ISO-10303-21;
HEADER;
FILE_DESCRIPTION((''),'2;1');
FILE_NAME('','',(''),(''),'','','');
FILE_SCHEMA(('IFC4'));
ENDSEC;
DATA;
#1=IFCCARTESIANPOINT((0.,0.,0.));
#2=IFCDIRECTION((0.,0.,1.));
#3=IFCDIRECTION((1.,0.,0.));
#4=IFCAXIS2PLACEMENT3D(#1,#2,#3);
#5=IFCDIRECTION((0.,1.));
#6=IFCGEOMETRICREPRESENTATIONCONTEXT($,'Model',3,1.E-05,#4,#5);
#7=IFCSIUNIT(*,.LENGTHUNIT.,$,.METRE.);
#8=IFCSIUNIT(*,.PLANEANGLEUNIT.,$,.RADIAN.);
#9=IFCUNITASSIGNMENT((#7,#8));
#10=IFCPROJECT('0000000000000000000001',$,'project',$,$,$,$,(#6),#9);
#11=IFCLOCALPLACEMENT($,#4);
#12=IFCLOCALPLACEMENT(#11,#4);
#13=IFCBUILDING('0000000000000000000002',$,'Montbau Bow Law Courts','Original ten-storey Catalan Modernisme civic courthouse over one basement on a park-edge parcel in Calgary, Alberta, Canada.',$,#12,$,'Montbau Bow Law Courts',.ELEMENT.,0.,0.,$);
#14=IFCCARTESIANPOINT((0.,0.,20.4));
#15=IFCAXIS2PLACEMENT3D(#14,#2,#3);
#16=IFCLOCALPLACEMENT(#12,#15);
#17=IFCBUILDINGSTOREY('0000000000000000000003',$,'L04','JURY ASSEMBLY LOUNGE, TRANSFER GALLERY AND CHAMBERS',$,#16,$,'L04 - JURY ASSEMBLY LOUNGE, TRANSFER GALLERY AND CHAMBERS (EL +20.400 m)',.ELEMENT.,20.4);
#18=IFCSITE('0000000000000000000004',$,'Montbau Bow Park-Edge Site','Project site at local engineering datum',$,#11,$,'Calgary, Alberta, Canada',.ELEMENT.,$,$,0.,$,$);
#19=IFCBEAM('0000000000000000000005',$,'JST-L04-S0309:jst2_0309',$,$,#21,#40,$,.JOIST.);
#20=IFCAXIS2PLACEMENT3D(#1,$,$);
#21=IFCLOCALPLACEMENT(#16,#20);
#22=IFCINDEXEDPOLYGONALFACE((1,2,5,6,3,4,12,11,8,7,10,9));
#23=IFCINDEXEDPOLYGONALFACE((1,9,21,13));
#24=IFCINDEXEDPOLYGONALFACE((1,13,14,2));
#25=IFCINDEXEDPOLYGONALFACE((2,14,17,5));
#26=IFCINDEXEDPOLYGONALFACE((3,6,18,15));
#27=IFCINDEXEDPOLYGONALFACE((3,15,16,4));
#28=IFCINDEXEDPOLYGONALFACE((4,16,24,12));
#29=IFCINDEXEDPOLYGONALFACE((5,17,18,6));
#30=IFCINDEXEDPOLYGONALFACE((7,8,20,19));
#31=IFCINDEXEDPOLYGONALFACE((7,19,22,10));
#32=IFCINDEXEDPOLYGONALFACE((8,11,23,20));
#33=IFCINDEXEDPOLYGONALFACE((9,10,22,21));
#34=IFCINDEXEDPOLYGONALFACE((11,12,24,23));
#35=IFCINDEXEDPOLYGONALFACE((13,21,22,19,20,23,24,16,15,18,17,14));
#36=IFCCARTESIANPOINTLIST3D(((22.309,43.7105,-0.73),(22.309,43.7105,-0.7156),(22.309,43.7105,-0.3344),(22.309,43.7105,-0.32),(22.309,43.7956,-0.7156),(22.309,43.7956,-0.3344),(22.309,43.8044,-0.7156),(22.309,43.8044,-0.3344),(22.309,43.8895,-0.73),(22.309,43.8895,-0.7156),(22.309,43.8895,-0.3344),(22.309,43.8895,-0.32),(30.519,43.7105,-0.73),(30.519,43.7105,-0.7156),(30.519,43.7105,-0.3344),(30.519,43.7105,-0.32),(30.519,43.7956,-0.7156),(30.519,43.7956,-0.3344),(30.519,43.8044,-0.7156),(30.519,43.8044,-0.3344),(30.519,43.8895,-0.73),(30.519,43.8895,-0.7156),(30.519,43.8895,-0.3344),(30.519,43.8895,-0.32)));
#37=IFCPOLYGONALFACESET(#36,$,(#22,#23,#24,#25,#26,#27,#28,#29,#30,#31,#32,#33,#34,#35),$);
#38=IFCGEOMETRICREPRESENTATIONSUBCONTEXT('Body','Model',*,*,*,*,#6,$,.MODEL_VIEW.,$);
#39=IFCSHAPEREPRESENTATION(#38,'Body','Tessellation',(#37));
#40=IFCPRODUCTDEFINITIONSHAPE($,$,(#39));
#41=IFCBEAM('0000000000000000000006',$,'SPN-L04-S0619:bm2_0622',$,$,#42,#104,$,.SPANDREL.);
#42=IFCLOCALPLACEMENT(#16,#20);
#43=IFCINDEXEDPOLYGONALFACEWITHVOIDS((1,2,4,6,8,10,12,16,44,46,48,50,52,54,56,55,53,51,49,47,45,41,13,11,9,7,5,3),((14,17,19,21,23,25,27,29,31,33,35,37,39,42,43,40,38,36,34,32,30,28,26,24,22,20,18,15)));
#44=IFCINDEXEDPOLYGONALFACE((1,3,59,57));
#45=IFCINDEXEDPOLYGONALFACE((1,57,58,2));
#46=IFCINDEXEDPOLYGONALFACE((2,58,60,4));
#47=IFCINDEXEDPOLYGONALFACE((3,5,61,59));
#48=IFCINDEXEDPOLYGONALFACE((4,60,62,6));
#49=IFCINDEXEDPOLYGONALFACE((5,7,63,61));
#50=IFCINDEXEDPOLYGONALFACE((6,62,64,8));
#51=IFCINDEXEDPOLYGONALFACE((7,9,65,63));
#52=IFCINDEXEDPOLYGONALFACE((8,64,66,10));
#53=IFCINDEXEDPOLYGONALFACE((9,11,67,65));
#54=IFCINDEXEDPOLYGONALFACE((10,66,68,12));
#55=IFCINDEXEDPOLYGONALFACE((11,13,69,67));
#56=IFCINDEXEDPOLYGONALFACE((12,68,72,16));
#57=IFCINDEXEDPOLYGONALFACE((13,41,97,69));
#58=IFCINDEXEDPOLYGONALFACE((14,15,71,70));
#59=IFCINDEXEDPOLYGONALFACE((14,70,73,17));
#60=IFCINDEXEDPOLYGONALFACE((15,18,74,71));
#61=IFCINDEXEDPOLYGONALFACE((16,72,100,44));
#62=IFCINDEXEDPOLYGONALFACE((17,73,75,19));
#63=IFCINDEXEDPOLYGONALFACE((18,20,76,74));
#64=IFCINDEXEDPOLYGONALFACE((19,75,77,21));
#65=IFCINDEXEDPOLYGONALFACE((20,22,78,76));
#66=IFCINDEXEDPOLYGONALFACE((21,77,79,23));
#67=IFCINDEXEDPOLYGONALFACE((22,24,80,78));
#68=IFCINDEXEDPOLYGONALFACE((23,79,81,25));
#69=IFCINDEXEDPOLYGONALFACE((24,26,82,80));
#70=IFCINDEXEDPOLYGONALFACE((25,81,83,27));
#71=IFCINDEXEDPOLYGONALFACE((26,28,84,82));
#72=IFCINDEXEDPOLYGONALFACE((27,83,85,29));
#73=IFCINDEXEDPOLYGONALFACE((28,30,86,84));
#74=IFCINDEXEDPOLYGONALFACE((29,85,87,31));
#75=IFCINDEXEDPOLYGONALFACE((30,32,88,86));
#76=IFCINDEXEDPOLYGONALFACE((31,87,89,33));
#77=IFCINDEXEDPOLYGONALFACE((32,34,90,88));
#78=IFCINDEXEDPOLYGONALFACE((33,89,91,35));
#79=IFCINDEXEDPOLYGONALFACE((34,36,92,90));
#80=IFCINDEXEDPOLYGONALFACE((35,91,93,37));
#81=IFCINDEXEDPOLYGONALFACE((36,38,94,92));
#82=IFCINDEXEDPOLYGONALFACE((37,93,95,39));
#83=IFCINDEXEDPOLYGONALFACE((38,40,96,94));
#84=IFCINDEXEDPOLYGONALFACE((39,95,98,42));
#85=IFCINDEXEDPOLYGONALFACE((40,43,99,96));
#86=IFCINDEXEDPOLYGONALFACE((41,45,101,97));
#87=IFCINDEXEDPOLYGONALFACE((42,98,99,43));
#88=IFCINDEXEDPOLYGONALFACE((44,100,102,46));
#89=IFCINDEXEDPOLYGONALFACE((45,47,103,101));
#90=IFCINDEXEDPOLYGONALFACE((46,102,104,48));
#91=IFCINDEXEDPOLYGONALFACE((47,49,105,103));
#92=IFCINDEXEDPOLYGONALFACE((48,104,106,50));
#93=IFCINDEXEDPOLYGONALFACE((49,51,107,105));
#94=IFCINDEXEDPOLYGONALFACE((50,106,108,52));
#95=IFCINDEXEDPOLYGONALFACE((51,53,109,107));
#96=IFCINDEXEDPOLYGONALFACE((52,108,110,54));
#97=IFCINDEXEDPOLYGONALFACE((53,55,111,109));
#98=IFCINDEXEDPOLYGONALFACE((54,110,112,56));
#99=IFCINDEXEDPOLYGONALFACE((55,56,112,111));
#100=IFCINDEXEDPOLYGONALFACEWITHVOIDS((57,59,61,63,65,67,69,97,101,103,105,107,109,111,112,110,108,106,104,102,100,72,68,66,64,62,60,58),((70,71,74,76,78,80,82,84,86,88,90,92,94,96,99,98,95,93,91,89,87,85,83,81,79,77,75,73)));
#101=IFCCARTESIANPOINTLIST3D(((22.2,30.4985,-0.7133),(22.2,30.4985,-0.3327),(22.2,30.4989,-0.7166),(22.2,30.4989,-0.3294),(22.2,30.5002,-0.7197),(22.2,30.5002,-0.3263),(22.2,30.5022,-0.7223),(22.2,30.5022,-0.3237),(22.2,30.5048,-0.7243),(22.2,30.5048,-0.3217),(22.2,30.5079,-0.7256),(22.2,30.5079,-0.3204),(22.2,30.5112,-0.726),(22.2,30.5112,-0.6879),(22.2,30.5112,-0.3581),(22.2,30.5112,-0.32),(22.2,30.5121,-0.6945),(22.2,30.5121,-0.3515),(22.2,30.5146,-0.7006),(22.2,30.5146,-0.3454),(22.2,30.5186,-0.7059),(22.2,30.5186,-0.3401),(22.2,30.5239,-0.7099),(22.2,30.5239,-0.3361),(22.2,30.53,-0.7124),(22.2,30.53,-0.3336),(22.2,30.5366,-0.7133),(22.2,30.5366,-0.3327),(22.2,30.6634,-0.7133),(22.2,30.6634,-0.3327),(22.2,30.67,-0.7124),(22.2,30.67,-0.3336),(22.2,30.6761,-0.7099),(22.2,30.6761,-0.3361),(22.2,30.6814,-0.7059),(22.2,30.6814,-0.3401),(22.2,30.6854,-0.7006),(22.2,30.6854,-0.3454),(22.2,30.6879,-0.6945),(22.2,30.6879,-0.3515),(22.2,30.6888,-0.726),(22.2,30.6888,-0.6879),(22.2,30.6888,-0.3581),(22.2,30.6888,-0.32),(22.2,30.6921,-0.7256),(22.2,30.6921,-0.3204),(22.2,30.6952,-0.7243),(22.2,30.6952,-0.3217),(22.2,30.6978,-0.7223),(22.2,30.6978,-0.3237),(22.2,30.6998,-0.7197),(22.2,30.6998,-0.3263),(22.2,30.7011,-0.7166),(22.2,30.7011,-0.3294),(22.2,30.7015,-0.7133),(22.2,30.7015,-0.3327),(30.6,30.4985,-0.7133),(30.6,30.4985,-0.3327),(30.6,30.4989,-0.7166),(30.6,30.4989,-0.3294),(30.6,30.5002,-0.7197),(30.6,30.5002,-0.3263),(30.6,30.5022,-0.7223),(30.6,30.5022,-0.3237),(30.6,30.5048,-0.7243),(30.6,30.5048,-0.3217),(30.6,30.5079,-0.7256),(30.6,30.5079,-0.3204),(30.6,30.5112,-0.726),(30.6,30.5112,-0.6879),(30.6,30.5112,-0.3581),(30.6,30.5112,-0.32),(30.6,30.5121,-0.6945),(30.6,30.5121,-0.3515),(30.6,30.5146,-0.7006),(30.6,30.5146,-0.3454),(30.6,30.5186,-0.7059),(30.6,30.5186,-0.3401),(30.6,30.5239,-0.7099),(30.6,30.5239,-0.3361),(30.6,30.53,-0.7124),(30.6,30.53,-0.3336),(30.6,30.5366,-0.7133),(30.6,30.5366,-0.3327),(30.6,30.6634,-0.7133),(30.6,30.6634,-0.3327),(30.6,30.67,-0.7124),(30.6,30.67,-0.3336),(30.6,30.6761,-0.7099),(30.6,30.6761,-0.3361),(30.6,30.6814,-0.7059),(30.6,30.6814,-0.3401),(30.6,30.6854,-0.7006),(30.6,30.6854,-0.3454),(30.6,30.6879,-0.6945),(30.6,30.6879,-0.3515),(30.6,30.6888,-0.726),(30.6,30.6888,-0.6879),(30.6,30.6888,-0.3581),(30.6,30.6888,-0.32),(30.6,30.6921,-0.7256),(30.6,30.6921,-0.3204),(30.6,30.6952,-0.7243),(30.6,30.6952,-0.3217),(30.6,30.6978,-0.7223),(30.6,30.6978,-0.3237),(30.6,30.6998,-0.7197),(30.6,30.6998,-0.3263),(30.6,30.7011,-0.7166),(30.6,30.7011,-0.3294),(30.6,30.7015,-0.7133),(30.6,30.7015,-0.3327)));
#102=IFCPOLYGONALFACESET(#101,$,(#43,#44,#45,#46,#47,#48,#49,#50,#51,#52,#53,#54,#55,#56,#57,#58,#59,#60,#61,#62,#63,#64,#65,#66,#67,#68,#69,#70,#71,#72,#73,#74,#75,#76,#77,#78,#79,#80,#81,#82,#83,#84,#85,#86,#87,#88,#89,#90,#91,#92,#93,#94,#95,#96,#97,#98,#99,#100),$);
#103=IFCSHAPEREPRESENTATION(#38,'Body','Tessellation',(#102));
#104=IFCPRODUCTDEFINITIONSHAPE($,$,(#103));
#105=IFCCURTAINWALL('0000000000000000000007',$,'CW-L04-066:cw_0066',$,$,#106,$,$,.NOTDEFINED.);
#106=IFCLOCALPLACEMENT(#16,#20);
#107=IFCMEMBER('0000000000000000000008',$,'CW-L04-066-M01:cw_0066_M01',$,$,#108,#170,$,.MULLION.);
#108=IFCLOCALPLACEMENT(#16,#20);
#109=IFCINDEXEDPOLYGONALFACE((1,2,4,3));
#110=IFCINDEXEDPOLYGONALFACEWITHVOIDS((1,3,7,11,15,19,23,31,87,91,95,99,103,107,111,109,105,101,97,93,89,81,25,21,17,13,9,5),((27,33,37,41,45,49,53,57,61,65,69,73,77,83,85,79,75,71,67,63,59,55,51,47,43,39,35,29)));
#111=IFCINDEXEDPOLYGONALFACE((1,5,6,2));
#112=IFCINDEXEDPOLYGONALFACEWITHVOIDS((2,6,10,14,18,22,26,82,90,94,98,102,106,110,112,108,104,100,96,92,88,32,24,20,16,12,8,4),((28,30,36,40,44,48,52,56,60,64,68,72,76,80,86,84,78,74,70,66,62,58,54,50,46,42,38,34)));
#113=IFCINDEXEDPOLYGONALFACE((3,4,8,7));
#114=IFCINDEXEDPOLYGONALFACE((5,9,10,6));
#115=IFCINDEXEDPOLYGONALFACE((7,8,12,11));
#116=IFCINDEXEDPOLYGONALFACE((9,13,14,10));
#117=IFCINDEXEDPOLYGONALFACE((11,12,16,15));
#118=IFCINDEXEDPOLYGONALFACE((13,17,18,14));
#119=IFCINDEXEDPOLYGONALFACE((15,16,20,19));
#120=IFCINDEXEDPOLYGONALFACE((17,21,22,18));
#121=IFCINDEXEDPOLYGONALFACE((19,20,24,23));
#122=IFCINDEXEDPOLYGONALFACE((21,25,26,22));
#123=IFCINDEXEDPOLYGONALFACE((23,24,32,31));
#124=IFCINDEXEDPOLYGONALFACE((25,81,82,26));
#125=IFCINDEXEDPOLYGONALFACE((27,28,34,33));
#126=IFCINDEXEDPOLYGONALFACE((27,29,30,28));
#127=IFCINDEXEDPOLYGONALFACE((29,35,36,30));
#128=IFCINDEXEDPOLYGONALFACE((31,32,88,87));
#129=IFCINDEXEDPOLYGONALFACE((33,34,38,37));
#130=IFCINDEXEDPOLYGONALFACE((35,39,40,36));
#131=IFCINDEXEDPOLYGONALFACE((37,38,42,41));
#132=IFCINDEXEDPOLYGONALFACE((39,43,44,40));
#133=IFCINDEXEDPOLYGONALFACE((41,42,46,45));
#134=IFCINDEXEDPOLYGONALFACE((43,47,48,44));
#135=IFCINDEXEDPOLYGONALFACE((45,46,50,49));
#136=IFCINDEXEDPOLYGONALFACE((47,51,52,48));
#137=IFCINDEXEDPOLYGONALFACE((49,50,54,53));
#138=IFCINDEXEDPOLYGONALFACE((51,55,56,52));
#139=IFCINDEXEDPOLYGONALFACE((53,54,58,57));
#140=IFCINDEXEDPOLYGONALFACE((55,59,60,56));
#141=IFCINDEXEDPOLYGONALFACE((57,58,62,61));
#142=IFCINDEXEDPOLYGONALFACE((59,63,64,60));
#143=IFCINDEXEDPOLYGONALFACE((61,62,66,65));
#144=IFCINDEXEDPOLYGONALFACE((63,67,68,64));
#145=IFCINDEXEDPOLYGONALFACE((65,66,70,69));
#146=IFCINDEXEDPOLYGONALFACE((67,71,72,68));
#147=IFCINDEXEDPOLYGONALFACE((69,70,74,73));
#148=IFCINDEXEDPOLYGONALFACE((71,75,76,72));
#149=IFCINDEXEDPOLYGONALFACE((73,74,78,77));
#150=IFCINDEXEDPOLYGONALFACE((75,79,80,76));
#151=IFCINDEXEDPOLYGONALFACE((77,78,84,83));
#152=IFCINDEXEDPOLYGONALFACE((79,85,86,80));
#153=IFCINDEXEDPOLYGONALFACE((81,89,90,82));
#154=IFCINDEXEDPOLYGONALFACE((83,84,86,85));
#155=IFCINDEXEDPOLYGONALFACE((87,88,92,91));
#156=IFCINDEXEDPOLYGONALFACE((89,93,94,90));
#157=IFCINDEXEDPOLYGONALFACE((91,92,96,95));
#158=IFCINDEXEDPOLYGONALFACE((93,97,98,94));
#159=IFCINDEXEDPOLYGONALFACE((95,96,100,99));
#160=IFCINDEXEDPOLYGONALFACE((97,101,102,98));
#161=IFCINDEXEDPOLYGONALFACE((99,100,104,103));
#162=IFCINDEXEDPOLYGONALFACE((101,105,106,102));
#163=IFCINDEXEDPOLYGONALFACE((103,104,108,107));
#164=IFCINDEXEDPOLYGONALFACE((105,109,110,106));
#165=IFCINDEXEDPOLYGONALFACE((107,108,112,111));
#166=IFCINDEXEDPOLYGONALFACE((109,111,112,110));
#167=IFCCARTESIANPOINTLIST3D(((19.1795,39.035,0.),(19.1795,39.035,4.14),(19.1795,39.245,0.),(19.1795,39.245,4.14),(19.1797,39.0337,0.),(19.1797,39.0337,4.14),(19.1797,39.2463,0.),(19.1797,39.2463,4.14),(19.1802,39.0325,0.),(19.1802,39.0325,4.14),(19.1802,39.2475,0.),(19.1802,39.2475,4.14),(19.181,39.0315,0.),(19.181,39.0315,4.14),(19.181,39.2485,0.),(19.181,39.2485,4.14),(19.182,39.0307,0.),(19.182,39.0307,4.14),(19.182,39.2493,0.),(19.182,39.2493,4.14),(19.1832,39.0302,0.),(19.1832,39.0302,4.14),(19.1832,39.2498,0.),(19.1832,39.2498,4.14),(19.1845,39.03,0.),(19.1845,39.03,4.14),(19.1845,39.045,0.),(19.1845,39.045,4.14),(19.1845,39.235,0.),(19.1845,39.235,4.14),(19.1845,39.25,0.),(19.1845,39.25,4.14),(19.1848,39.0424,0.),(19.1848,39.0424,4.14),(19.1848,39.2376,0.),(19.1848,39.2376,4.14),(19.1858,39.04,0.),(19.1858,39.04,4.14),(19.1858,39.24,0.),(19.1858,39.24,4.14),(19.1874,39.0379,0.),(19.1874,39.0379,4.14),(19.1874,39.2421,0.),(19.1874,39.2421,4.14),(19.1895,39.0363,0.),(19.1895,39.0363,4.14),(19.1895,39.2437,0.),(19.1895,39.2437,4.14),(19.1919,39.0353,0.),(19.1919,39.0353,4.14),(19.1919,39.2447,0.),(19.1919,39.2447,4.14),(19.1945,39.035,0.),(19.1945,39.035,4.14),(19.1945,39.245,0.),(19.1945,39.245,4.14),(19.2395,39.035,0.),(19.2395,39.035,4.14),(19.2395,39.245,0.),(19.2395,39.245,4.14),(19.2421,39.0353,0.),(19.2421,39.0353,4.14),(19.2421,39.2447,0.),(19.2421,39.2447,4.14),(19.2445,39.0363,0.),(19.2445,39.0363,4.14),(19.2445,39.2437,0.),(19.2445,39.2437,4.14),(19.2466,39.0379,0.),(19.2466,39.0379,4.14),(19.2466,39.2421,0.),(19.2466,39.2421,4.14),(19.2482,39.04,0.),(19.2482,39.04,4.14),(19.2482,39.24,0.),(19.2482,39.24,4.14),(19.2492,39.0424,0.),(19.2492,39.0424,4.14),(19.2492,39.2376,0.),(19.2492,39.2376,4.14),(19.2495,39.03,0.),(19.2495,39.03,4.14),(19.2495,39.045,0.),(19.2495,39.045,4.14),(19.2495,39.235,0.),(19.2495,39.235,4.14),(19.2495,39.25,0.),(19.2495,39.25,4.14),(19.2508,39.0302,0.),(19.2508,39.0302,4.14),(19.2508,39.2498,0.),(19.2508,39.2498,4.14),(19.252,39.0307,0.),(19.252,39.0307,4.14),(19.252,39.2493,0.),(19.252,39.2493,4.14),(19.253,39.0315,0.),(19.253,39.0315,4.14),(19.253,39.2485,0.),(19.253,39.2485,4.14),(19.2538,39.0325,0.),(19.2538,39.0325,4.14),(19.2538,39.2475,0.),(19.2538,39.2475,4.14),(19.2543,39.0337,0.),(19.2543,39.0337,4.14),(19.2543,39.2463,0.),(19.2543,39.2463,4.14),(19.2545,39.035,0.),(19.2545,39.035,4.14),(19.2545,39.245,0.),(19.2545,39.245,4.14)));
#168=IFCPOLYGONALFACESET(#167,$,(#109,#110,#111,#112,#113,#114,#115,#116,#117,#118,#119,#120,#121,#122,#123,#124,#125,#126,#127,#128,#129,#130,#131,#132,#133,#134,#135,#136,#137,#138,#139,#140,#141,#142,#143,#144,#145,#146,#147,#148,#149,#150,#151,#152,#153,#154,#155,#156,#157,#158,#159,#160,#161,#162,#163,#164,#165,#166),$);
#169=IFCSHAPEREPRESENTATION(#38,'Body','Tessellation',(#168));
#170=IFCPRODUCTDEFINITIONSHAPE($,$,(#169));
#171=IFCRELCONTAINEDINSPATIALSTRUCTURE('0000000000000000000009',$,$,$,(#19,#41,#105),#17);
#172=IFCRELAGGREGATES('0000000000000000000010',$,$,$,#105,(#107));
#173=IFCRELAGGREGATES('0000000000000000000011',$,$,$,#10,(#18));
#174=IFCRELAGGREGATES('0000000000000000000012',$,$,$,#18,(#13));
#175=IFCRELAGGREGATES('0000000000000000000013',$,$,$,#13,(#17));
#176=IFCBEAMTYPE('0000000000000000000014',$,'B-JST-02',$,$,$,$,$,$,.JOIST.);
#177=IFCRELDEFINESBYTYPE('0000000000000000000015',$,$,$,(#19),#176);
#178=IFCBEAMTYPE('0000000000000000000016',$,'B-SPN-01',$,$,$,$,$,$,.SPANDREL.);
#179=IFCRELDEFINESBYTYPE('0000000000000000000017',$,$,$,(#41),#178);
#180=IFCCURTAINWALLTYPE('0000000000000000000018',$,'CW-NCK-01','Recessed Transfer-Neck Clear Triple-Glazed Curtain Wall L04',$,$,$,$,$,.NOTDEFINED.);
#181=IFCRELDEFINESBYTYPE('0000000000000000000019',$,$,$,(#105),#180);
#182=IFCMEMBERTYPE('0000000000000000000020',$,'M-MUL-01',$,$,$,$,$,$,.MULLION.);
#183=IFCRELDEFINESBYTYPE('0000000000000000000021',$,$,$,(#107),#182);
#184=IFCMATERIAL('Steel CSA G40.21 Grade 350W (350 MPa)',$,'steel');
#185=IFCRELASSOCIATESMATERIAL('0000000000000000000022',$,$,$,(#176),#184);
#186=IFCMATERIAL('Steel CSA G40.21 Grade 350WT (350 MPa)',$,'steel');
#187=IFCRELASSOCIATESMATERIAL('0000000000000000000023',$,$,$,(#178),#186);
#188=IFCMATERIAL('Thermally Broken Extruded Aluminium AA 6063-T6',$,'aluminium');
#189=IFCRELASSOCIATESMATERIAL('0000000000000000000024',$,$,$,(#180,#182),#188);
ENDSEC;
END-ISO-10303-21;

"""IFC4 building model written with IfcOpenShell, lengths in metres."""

from ifc_helpers import new_model, si_unit, direction, frame, origin_with_axes, origin_2d_with_axis, place, context, subcontext, project, spatial, hollow_rectangle, i_section, extrude, material, material_profile, profile_set, type_object, element, aggregate, save


model = new_model("IFC4")

# Units and contexts
model_context = context("Model", 3, precision=1e-05, world=origin_with_axes(), true_north=direction((0.0, 1.0)))
body_context = subcontext(model_context, "Body", "Model", "MODEL_VIEW")
ifc_project = project(units=[si_unit("LENGTHUNIT", "METRE"), si_unit("PLANEANGLEUNIT", "RADIAN")], contexts=[model_context])

# Site, building, storey
site_placement = place(None, origin_with_axes())
site = spatial("IfcSite", under=ifc_project, at=site_placement, Name="Montbau Bow Park-Edge Site", Description="Project site at local engineering datum", LongName="Calgary, Alberta, Canada", CompositionType="ELEMENT", RefElevation=0.0)
building_placement = place(site_placement, origin_with_axes())
building = spatial("IfcBuilding", under=site, at=building_placement, Name="Montbau Bow Law Courts", Description="Original ten-storey Catalan Modernisme civic courthouse over one basement on a park-edge parcel in Calgary, Alberta, Canada.", LongName="Montbau Bow Law Courts", CompositionType="ELEMENT", ElevationOfRefHeight=0.0, ElevationOfTerrain=0.0)
storey_placement = place(building_placement, frame((0.0, 0.0, 20.4), z_axis=(0.0, 0.0, 1.0), x_axis=(1.0, 0.0, 0.0)))
storey = spatial("IfcBuildingStorey", under=building, at=storey_placement, Name="L04", Description="JURY ASSEMBLY LOUNGE, TRANSFER GALLERY AND CHAMBERS", LongName="L04 - JURY ASSEMBLY LOUNGE, TRANSFER GALLERY AND CHAMBERS (EL +20.400 m)", CompositionType="ELEMENT", Elevation=20.4)

# Shared definitions
ifc_material_1 = material(Name="Steel CSA G40.21 Grade 350W (350 MPa)", Category="steel")

# Beams
ifc_material_profile_1 = material_profile(ifc_material_1, i_section(OverallWidth=0.179, OverallDepth=0.41, WebThickness=0.0088, FlangeThickness=0.0144, at=origin_2d_with_axis()), Name="W410X67", Category="Main", Priority=0)
ifc_profile_set_1 = profile_set([ifc_material_profile_1], Name="Steel CSA G40.21 Grade 350W (350 MPa)")
beam_type_1 = type_object("IfcBeamType", Name="B-JST-02", PredefinedType="JOIST", material=ifc_profile_set_1)
beam_1_placement = place(None, frame((22.309, 43.8, 19.875), z_axis=(1.0, 0.0, 0.0), x_axis=(0.0, 1.0, 0.0)))
element("IfcBeam", 1, at=beam_1_placement, inside=storey, type_object=beam_type_1, Name="JST-L04-S0309:jst2_0309", PredefinedType="JOIST", context=body_context, shape_type="SweptSolid", body=[
    extrude(i_section(OverallWidth=0.179, OverallDepth=0.41, WebThickness=0.0088, FlangeThickness=0.0144, at=origin_2d_with_axis()), origin_with_axes(), (0.0, 0.0, 1.0), 8.21),
])
ifc_material_2 = material(Name="Steel CSA G40.21 Grade 350WT (350 MPa)", Category="steel")
ifc_material_profile_2 = material_profile(ifc_material_2, hollow_rectangle(XDim=0.203, YDim=0.406, WallThickness=0.0127, InnerFilletRadius=0.0254, OuterFilletRadius=0.0127, at=origin_2d_with_axis()), Name="HSS406X203X13", Category="Main", Priority=0)
ifc_profile_set_2 = profile_set([ifc_material_profile_2], Name="Steel CSA G40.21 Grade 350WT (350 MPa)")
beam_type_2 = type_object("IfcBeamType", Name="B-SPN-01", PredefinedType="SPANDREL", material=ifc_profile_set_2)
beam_2_placement = place(None, frame((22.2, 30.6, 19.877), z_axis=(1.0, 0.0, 0.0), x_axis=(0.0, 1.0, 0.0)))
element("IfcBeam", 2, at=beam_2_placement, inside=storey, type_object=beam_type_2, Name="SPN-L04-S0619:bm2_0622", PredefinedType="SPANDREL", context=body_context, shape_type="SweptSolid", body=[
    extrude(hollow_rectangle(XDim=0.203, YDim=0.406, WallThickness=0.0127, InnerFilletRadius=0.0254, OuterFilletRadius=0.0127, at=origin_2d_with_axis()), origin_with_axes(), (0.0, 0.0, 1.0), 8.4),
])

# Curtain wall, member
ifc_material_3 = material(Name="Thermally Broken Extruded Aluminium AA 6063-T6", Category="aluminium")
curtain_wall_type = type_object("IfcCurtainWallType", Name="CW-NCK-01", Description="Recessed Transfer-Neck Clear Triple-Glazed Curtain Wall L04", PredefinedType="NOTDEFINED", material=ifc_material_3)
curtain_wall_1_placement = place(None, frame((19.18, 39.14, 20.4), z_axis=(0.0, 0.0, 1.0), x_axis=(1.0, 0.0, 0.0)))
curtain_wall_1 = element("IfcCurtainWall", 3, at=curtain_wall_1_placement, inside=storey, type_object=curtain_wall_type, Name="CW-L04-066:cw_0066", PredefinedType="NOTDEFINED")
ifc_material_profile_3 = material_profile(ifc_material_3, hollow_rectangle(XDim=0.075, YDim=0.22, WallThickness=0.005, InnerFilletRadius=0.01, OuterFilletRadius=0.005, at=origin_2d_with_axis()), Name="CWM-220X75", Category="Main", Priority=0)
ifc_profile_set_3 = profile_set([ifc_material_profile_3], Name="Thermally Broken Extruded Aluminium AA 6063-T6")
member_type_1 = type_object("IfcMemberType", Name="M-MUL-01", PredefinedType="MULLION", material=ifc_profile_set_3)
member_1_placement = place(None, frame((19.217, 39.14, 20.4), z_axis=(0.0, 0.0, 1.0), x_axis=(1.0, 0.0, 0.0)))
member_1 = element("IfcMember", 4, at=member_1_placement, type_object=member_type_1, Name="CW-L04-066-M01:cw_0066_M01", PredefinedType="MULLION", context=body_context, shape_type="SweptSolid", body=[
    extrude(hollow_rectangle(XDim=0.075, YDim=0.22, WallThickness=0.005, InnerFilletRadius=0.01, OuterFilletRadius=0.005, at=origin_2d_with_axis()), origin_with_axes(), (0.0, 0.0, 1.0), 4.14),
])

aggregate(curtain_wall_1, [member_1])

save(model, "model.ifc")
